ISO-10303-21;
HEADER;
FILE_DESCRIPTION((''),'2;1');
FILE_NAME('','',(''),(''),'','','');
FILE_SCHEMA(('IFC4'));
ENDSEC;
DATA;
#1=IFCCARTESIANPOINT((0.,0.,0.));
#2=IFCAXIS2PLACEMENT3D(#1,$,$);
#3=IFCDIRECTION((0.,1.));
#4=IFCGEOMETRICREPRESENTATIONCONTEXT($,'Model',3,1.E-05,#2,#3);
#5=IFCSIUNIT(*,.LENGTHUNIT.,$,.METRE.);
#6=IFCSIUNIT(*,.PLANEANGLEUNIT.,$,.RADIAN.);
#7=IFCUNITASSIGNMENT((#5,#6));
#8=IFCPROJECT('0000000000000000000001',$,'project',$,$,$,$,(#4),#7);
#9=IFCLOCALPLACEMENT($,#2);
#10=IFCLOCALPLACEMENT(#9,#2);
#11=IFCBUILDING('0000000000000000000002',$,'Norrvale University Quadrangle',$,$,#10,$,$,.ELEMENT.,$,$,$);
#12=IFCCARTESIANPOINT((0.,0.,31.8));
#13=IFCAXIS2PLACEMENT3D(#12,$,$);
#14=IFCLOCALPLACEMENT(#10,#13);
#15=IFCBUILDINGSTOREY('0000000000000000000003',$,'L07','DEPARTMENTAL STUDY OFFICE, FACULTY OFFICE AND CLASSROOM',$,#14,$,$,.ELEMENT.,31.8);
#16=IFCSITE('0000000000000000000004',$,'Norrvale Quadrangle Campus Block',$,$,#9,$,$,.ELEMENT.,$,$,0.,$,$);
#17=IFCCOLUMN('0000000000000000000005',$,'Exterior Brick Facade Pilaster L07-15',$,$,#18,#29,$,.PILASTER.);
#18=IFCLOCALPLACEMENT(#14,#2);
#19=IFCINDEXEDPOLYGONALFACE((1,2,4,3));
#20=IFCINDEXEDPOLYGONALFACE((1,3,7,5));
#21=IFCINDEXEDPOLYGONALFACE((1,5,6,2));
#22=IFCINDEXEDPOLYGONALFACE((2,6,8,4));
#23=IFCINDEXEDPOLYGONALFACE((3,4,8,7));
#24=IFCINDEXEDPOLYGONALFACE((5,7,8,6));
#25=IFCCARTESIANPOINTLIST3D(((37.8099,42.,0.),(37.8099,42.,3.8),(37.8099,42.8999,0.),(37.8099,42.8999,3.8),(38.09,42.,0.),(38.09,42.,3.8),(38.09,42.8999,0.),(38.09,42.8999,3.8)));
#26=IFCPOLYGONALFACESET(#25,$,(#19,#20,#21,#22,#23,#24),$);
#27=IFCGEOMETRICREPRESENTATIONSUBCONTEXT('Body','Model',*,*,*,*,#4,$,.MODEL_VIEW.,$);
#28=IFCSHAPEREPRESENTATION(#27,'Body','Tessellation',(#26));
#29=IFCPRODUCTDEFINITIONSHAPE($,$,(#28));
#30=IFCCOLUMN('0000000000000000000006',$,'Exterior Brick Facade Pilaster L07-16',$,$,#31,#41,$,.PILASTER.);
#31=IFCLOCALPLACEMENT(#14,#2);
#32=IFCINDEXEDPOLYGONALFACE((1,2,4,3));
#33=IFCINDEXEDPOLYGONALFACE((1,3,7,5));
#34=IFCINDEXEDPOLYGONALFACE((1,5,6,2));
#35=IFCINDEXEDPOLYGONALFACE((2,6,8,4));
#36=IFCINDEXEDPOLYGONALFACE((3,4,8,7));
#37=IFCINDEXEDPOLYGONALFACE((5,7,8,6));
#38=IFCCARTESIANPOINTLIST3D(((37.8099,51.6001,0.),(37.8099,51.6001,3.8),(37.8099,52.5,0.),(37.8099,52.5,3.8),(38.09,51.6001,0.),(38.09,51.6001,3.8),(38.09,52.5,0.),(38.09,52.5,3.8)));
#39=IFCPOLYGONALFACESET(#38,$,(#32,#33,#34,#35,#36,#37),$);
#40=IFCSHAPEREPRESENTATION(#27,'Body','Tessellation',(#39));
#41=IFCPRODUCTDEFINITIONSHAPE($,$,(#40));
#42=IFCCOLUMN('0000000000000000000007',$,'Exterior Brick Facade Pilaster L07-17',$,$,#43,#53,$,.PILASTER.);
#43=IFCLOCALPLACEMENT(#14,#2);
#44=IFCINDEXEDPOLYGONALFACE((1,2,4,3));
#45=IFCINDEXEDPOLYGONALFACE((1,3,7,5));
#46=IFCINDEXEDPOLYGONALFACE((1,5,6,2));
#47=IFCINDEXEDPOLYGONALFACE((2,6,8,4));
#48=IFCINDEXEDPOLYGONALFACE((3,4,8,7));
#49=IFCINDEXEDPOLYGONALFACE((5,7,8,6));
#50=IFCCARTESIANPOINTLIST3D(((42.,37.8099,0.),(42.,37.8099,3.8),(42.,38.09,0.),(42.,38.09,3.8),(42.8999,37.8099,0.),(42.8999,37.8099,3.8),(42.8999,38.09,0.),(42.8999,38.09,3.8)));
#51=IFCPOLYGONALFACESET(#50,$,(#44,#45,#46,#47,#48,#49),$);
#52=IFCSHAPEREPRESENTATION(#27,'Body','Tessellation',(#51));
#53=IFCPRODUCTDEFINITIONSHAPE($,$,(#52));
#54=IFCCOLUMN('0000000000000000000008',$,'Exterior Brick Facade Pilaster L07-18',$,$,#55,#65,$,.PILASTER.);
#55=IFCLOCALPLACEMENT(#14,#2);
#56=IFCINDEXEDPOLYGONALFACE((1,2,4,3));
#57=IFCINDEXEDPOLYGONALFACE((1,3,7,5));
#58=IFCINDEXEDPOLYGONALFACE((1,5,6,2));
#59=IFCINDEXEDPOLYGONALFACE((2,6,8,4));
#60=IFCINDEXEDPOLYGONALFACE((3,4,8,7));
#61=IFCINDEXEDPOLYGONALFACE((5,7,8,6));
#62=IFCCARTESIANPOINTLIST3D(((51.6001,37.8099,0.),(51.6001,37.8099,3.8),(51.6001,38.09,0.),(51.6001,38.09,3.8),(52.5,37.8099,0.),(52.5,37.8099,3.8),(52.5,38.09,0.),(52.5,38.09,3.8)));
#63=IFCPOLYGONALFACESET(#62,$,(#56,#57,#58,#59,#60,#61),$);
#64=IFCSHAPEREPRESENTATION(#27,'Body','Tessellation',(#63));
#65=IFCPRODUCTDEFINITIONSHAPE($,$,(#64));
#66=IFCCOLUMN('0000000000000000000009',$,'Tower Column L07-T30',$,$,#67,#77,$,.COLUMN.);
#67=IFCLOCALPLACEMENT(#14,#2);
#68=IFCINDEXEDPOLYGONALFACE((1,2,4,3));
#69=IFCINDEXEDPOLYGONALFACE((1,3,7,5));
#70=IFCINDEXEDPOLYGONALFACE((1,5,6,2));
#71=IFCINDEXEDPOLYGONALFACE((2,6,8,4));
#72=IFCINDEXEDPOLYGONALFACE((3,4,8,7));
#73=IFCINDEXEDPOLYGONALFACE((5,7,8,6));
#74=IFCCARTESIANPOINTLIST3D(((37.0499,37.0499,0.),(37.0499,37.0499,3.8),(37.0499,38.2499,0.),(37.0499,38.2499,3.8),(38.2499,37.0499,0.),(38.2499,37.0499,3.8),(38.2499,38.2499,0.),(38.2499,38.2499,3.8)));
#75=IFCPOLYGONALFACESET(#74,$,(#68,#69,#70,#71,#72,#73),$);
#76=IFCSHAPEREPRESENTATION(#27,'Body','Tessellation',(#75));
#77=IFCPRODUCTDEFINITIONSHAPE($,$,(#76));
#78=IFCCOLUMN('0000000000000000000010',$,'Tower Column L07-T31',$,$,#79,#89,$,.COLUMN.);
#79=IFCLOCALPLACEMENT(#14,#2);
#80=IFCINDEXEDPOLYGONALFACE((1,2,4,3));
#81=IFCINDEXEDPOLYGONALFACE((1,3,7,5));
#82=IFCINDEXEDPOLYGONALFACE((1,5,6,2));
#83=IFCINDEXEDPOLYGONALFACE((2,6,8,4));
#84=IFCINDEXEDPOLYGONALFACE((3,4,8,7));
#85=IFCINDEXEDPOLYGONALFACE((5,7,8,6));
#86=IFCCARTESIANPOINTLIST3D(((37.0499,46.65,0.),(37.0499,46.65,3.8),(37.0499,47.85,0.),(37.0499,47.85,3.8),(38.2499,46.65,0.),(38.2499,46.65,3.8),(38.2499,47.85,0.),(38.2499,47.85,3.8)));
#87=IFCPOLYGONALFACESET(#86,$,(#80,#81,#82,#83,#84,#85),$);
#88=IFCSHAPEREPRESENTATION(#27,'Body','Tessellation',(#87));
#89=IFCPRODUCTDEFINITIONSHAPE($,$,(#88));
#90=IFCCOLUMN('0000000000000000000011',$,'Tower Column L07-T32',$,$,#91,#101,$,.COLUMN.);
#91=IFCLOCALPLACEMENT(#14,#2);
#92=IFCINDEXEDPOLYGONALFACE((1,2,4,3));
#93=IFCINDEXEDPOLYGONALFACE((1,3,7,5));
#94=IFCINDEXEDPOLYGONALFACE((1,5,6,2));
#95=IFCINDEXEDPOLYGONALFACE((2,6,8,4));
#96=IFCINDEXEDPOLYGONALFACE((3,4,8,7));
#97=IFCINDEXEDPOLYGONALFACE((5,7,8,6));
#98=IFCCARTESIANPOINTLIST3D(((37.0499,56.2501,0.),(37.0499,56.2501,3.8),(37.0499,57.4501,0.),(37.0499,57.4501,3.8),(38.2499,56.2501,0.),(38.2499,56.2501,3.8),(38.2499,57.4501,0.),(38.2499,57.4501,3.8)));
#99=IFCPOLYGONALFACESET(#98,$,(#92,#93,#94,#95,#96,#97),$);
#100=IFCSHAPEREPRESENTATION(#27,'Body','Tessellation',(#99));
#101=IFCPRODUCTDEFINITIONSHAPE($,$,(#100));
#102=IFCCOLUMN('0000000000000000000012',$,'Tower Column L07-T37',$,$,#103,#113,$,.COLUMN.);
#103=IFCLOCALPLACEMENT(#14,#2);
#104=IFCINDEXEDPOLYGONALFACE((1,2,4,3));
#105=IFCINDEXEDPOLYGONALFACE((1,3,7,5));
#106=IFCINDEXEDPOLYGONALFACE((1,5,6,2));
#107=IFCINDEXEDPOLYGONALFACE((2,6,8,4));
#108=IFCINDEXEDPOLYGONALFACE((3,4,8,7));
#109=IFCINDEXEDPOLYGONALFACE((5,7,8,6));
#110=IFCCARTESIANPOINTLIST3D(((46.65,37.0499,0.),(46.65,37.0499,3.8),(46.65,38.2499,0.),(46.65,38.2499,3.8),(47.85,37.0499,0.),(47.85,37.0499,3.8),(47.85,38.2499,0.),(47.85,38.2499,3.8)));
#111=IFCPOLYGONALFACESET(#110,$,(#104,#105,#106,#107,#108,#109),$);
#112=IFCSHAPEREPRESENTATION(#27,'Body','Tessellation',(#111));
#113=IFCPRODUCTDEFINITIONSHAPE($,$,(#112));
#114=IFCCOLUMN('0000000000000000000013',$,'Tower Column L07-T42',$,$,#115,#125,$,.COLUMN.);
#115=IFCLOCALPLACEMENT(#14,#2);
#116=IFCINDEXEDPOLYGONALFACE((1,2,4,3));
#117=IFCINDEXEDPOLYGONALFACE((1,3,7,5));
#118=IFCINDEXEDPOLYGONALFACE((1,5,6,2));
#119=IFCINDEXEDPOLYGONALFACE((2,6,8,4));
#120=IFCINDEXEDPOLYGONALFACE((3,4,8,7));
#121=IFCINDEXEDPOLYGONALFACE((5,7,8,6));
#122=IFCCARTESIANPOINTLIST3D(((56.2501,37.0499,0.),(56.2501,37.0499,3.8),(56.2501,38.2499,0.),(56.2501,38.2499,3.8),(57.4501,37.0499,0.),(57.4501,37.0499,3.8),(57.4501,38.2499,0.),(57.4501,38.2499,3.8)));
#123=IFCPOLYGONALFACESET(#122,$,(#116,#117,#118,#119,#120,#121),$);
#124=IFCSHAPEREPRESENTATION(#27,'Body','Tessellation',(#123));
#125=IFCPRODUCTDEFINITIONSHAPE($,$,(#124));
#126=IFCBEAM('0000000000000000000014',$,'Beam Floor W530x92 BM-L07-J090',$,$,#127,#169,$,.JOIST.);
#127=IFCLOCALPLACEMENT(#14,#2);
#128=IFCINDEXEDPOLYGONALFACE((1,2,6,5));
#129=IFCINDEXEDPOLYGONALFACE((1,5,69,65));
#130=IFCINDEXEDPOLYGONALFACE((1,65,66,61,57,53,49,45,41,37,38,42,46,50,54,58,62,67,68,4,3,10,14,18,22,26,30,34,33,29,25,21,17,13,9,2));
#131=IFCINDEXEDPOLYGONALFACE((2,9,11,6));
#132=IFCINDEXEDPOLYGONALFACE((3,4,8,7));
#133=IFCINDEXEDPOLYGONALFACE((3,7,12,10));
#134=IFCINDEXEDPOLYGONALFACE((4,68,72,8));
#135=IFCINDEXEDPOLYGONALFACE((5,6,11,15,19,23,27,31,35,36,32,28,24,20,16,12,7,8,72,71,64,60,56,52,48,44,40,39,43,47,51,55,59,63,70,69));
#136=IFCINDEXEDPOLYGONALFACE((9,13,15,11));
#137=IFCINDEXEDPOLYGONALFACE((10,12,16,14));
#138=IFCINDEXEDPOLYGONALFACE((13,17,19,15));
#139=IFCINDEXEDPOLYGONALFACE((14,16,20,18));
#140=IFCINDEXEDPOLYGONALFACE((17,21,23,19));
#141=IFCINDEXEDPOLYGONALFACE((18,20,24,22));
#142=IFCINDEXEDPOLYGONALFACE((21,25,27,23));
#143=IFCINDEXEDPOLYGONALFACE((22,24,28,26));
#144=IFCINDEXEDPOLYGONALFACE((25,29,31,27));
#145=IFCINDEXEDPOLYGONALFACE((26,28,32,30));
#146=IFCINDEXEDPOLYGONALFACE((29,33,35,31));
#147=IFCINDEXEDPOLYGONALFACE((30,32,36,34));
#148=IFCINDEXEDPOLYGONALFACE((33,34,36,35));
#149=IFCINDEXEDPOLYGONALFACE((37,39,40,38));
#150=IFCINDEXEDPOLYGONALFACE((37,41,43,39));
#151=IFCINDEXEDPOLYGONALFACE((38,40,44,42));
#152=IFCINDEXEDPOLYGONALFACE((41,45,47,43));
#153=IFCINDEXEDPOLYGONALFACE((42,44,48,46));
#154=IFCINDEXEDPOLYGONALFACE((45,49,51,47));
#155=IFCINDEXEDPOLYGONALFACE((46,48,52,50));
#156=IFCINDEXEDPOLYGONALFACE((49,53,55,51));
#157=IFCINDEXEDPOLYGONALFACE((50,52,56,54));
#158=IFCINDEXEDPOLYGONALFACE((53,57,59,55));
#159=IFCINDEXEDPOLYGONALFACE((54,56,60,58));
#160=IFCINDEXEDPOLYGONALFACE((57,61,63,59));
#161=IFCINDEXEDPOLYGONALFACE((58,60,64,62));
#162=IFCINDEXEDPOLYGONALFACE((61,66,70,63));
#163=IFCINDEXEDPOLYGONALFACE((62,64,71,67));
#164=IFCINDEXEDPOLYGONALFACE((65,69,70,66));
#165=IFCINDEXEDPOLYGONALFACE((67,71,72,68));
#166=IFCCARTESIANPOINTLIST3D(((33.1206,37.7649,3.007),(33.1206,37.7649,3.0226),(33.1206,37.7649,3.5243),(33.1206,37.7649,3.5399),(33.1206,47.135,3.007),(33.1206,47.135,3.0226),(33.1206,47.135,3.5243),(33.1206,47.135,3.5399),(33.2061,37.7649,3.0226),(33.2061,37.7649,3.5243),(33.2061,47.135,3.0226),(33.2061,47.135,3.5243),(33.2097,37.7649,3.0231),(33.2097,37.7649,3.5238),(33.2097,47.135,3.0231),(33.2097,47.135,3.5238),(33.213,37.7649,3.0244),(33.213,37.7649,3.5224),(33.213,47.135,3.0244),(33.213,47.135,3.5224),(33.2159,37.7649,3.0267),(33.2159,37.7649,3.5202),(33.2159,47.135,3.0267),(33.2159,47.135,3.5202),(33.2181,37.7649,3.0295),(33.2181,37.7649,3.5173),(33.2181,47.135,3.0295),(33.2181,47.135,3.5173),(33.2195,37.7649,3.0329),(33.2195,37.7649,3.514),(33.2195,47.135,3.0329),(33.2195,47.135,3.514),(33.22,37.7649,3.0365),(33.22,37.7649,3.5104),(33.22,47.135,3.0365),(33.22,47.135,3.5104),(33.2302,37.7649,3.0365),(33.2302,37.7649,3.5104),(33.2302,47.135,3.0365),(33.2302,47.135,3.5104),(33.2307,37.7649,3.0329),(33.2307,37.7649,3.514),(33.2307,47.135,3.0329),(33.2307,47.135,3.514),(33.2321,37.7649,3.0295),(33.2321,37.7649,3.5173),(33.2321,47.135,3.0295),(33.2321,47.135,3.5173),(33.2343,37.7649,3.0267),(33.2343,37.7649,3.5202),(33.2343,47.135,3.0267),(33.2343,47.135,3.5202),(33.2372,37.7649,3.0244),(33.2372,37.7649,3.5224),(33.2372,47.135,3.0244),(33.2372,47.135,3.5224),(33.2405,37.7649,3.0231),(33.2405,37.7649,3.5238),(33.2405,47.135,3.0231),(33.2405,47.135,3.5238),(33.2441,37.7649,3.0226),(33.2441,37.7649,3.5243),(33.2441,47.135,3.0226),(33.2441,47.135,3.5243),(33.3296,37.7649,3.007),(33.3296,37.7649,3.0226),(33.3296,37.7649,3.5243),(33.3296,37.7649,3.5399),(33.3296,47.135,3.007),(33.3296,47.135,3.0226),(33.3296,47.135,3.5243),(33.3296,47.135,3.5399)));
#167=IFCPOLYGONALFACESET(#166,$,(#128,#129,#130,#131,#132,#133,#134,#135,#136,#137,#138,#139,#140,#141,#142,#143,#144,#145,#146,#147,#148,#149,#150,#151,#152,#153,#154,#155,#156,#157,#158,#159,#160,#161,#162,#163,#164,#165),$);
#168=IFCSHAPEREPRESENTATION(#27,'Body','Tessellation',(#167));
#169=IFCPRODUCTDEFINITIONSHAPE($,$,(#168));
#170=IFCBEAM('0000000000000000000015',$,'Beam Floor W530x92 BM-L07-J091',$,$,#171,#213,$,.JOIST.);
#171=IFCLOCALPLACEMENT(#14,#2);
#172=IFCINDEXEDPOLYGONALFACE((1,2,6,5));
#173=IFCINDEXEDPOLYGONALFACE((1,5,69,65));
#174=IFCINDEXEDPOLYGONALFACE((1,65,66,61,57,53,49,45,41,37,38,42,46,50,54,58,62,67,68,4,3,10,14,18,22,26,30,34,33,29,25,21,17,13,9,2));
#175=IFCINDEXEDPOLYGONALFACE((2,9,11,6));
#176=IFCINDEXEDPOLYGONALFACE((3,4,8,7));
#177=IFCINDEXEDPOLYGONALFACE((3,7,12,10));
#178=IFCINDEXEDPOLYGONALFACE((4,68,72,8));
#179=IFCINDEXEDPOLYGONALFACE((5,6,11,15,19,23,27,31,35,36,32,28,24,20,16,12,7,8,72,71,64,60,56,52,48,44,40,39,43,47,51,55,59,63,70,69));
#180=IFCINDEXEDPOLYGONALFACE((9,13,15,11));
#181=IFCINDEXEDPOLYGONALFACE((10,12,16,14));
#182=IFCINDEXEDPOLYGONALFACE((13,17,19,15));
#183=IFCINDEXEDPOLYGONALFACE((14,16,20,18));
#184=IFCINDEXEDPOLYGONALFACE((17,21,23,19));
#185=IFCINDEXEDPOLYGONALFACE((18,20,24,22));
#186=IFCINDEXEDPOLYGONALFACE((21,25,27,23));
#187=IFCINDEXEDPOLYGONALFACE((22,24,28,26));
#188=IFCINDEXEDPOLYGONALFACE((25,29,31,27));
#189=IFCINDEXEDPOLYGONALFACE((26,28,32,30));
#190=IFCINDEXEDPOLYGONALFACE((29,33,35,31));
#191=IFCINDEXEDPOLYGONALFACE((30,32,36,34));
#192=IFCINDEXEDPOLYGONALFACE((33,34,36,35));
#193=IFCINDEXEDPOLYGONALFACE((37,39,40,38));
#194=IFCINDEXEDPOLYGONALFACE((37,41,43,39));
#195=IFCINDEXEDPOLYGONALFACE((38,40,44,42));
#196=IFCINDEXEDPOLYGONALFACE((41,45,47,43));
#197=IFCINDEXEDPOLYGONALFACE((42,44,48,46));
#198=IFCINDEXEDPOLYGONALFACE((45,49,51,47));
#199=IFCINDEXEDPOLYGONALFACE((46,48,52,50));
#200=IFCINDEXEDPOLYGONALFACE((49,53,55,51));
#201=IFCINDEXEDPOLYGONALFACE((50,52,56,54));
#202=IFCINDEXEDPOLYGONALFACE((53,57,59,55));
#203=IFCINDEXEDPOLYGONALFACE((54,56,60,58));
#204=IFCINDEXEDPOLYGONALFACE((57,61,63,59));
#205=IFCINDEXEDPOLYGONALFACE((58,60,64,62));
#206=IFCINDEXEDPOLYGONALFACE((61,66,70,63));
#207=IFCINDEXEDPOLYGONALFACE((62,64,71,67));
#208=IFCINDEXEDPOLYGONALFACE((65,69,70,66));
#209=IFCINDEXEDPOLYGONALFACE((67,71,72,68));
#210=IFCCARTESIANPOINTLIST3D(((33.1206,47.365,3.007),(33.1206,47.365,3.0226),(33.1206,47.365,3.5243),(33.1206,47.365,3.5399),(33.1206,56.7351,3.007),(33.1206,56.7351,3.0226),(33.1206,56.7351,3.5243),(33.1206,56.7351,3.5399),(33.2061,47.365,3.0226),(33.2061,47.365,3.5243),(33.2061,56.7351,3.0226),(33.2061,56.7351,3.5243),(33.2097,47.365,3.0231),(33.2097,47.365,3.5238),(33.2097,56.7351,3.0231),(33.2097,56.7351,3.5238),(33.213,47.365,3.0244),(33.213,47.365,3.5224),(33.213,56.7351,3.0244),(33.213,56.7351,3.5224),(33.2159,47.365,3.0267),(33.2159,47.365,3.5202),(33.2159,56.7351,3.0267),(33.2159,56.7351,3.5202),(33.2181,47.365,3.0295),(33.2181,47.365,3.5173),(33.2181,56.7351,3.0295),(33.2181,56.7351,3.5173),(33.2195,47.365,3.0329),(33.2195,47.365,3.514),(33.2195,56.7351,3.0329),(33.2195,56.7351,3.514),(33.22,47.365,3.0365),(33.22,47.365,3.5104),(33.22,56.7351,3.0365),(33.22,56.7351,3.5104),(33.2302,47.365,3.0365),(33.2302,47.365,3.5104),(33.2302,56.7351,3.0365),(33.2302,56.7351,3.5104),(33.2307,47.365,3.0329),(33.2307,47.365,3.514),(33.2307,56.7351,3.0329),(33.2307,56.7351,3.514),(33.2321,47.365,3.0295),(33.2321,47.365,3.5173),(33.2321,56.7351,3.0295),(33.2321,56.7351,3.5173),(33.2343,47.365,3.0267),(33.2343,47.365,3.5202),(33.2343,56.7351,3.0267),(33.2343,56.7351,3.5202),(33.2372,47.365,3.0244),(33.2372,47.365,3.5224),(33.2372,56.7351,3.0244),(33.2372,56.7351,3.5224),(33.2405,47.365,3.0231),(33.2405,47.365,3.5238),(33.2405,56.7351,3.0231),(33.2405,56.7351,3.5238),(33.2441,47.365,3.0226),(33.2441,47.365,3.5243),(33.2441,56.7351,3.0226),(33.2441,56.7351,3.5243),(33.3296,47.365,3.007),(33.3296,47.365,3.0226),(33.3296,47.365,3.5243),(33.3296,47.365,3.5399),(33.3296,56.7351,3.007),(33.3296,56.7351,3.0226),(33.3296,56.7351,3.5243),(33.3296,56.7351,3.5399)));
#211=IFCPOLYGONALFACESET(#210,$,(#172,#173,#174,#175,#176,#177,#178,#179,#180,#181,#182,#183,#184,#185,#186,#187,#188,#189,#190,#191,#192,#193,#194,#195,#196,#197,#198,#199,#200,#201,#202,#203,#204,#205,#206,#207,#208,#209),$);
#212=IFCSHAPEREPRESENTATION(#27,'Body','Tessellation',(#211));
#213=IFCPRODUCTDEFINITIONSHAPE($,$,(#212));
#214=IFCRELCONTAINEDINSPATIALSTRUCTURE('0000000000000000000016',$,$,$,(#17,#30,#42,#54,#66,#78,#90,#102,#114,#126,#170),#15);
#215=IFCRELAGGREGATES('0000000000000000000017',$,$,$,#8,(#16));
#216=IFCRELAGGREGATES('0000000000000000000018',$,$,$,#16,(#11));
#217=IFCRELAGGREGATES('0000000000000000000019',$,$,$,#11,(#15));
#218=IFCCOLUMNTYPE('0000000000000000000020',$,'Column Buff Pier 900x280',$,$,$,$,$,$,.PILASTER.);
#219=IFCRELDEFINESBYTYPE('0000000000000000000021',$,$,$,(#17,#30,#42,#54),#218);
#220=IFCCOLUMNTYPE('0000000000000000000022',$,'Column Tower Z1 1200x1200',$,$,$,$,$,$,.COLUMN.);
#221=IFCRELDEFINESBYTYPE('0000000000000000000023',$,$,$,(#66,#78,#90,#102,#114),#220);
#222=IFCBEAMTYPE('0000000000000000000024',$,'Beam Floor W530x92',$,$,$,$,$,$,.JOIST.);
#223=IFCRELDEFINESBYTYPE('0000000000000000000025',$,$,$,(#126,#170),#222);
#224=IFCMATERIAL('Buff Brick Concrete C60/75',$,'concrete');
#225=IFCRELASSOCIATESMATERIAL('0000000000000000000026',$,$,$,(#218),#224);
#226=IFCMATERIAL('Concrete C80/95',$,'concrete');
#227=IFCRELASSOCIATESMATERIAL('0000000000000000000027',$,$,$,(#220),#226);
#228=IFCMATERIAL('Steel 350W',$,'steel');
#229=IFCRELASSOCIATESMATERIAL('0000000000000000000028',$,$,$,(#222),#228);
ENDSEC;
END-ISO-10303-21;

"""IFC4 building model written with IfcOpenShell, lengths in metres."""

from ifc_helpers import new_model, si_unit, direction, frame, origin, origin_2d, place, context, subcontext, project, spatial, rectangle, i_section, extrude, material, material_profile, profile_set, type_object, element, save


model = new_model("IFC4")

# Units and contexts
model_context = context("Model", 3, precision=1e-05, world=origin(), true_north=direction((0.0, 1.0)))
body_context = subcontext(model_context, "Body", "Model", "MODEL_VIEW")
ifc_project = project(units=[si_unit("LENGTHUNIT", "METRE"), si_unit("PLANEANGLEUNIT", "RADIAN")], contexts=[model_context])

# Site, building, storey
site_placement = place(None, origin())
site = spatial("IfcSite", under=ifc_project, at=site_placement, Name="Norrvale Quadrangle Campus Block", CompositionType="ELEMENT", RefElevation=0.0)
building_placement = place(site_placement, origin())
building = spatial("IfcBuilding", under=site, at=building_placement, Name="Norrvale University Quadrangle", CompositionType="ELEMENT")
storey_placement = place(building_placement, frame((0.0, 0.0, 31.8)))
storey = spatial("IfcBuildingStorey", under=building, at=storey_placement, Name="L07", Description="DEPARTMENTAL STUDY OFFICE, FACULTY OFFICE AND CLASSROOM", CompositionType="ELEMENT", Elevation=31.8)

# Columns
ifc_material_1 = material(Name="Buff Brick Concrete C60/75", Category="concrete")
ifc_material_profile_1 = material_profile(ifc_material_1, rectangle(XDim=0.8999, YDim=0.28, at=origin_2d()), Name="Buff Brick Concrete C60/75")
ifc_profile_set_1 = profile_set([ifc_material_profile_1], Name="Buff Brick Concrete C60/75")
column_type_1 = type_object("IfcColumnType", Name="Column Buff Pier 900x280", PredefinedType="PILASTER", material=ifc_profile_set_1)
for number, where, z_axis, x_axis, name in (
    (1, (37.95, 42.45, 0.0), (0.0, 0.0, 1.0), (0.0, 1.0, 0.0), "Exterior Brick Facade Pilaster L07-15"),
    (2, (37.95, 52.05, 0.0), (0.0, 0.0, 1.0), (0.0, 1.0, 0.0), "Exterior Brick Facade Pilaster L07-16"),
    (3, (42.45, 37.95, 0.0), (0.0, 0.0, 1.0), (1.0, 0.0, 0.0), "Exterior Brick Facade Pilaster L07-17"),
    (4, (52.05, 37.95, 0.0), (0.0, 0.0, 1.0), (1.0, 0.0, 0.0), "Exterior Brick Facade Pilaster L07-18"),
):
    element("IfcColumn", number, at=place(storey_placement, frame(where, z_axis=z_axis, x_axis=x_axis)), inside=storey, type_object=column_type_1, Name=name, PredefinedType="PILASTER", context=body_context, shape_type="SweptSolid", body=[
        extrude(rectangle(XDim=0.8999, YDim=0.28, at=origin_2d()), origin(), (0.0, 0.0, 1.0), 3.8),
    ])
ifc_material_2 = material(Name="Concrete C80/95", Category="concrete")
ifc_material_profile_2 = material_profile(ifc_material_2, rectangle(XDim=1.2, YDim=1.2, at=origin_2d()), Name="Concrete C80/95")
ifc_profile_set_2 = profile_set([ifc_material_profile_2], Name="Concrete C80/95")
column_type_2 = type_object("IfcColumnType", Name="Column Tower Z1 1200x1200", PredefinedType="COLUMN", material=ifc_profile_set_2)
for number, where, z_axis, x_axis, name in (
    (5, (37.6499, 37.6499, 0.0), (0.0, 0.0, 1.0), (1.0, 0.0, 0.0), "Tower Column L07-T30"),
    (6, (37.6499, 47.25, 0.0), (0.0, 0.0, 1.0), (1.0, 0.0, 0.0), "Tower Column L07-T31"),
    (7, (37.6499, 56.8501, 0.0), (0.0, 0.0, 1.0), (1.0, 0.0, 0.0), "Tower Column L07-T32"),
    (8, (47.25, 37.6499, 0.0), (0.0, 0.0, 1.0), (1.0, 0.0, 0.0), "Tower Column L07-T37"),
    (9, (56.8501, 37.6499, 0.0), (0.0, 0.0, 1.0), (1.0, 0.0, 0.0), "Tower Column L07-T42"),
):
    element("IfcColumn", number, at=place(storey_placement, frame(where, z_axis=z_axis, x_axis=x_axis)), inside=storey, type_object=column_type_2, Name=name, PredefinedType="COLUMN", context=body_context, shape_type="SweptSolid", body=[
        extrude(rectangle(XDim=1.2, YDim=1.2, at=origin_2d()), origin(), (0.0, 0.0, 1.0), 3.8),
    ])

# Beams
ifc_material_3 = material(Name="Steel 350W", Category="steel")
ifc_material_profile_3 = material_profile(ifc_material_3, i_section(OverallWidth=0.209, OverallDepth=0.533, WebThickness=0.0103, FlangeThickness=0.0156, FilletRadius=0.0139, at=origin_2d()), Name="Steel 350W")
ifc_profile_set_3 = profile_set([ifc_material_profile_3], Name="Steel 350W")
beam_type_1 = type_object("IfcBeamType", Name="Beam Floor W530x92", PredefinedType="JOIST", material=ifc_profile_set_3)
for number, where, z_axis, x_axis, name in (
    (10, (33.2251, 37.7649, 3.2734), (0.0, 1.0, 0.0), (-1.0, 0.0, 0.0), "Beam Floor W530x92 BM-L07-J090"),
    (11, (33.2251, 47.365, 3.2734), (0.0, 1.0, 0.0), (-1.0, 0.0, 0.0), "Beam Floor W530x92 BM-L07-J091"),
):
    element("IfcBeam", number, at=place(storey_placement, frame(where, z_axis=z_axis, x_axis=x_axis)), inside=storey, type_object=beam_type_1, Name=name, PredefinedType="JOIST", context=body_context, shape_type="SweptSolid", body=[
        extrude(i_section(OverallWidth=0.209, OverallDepth=0.533, WebThickness=0.0103, FlangeThickness=0.0156, FilletRadius=0.0139, at=origin_2d()), origin(), (0.0, 0.0, 1.0), 9.3701),
    ])

save(model, "model.ifc")
